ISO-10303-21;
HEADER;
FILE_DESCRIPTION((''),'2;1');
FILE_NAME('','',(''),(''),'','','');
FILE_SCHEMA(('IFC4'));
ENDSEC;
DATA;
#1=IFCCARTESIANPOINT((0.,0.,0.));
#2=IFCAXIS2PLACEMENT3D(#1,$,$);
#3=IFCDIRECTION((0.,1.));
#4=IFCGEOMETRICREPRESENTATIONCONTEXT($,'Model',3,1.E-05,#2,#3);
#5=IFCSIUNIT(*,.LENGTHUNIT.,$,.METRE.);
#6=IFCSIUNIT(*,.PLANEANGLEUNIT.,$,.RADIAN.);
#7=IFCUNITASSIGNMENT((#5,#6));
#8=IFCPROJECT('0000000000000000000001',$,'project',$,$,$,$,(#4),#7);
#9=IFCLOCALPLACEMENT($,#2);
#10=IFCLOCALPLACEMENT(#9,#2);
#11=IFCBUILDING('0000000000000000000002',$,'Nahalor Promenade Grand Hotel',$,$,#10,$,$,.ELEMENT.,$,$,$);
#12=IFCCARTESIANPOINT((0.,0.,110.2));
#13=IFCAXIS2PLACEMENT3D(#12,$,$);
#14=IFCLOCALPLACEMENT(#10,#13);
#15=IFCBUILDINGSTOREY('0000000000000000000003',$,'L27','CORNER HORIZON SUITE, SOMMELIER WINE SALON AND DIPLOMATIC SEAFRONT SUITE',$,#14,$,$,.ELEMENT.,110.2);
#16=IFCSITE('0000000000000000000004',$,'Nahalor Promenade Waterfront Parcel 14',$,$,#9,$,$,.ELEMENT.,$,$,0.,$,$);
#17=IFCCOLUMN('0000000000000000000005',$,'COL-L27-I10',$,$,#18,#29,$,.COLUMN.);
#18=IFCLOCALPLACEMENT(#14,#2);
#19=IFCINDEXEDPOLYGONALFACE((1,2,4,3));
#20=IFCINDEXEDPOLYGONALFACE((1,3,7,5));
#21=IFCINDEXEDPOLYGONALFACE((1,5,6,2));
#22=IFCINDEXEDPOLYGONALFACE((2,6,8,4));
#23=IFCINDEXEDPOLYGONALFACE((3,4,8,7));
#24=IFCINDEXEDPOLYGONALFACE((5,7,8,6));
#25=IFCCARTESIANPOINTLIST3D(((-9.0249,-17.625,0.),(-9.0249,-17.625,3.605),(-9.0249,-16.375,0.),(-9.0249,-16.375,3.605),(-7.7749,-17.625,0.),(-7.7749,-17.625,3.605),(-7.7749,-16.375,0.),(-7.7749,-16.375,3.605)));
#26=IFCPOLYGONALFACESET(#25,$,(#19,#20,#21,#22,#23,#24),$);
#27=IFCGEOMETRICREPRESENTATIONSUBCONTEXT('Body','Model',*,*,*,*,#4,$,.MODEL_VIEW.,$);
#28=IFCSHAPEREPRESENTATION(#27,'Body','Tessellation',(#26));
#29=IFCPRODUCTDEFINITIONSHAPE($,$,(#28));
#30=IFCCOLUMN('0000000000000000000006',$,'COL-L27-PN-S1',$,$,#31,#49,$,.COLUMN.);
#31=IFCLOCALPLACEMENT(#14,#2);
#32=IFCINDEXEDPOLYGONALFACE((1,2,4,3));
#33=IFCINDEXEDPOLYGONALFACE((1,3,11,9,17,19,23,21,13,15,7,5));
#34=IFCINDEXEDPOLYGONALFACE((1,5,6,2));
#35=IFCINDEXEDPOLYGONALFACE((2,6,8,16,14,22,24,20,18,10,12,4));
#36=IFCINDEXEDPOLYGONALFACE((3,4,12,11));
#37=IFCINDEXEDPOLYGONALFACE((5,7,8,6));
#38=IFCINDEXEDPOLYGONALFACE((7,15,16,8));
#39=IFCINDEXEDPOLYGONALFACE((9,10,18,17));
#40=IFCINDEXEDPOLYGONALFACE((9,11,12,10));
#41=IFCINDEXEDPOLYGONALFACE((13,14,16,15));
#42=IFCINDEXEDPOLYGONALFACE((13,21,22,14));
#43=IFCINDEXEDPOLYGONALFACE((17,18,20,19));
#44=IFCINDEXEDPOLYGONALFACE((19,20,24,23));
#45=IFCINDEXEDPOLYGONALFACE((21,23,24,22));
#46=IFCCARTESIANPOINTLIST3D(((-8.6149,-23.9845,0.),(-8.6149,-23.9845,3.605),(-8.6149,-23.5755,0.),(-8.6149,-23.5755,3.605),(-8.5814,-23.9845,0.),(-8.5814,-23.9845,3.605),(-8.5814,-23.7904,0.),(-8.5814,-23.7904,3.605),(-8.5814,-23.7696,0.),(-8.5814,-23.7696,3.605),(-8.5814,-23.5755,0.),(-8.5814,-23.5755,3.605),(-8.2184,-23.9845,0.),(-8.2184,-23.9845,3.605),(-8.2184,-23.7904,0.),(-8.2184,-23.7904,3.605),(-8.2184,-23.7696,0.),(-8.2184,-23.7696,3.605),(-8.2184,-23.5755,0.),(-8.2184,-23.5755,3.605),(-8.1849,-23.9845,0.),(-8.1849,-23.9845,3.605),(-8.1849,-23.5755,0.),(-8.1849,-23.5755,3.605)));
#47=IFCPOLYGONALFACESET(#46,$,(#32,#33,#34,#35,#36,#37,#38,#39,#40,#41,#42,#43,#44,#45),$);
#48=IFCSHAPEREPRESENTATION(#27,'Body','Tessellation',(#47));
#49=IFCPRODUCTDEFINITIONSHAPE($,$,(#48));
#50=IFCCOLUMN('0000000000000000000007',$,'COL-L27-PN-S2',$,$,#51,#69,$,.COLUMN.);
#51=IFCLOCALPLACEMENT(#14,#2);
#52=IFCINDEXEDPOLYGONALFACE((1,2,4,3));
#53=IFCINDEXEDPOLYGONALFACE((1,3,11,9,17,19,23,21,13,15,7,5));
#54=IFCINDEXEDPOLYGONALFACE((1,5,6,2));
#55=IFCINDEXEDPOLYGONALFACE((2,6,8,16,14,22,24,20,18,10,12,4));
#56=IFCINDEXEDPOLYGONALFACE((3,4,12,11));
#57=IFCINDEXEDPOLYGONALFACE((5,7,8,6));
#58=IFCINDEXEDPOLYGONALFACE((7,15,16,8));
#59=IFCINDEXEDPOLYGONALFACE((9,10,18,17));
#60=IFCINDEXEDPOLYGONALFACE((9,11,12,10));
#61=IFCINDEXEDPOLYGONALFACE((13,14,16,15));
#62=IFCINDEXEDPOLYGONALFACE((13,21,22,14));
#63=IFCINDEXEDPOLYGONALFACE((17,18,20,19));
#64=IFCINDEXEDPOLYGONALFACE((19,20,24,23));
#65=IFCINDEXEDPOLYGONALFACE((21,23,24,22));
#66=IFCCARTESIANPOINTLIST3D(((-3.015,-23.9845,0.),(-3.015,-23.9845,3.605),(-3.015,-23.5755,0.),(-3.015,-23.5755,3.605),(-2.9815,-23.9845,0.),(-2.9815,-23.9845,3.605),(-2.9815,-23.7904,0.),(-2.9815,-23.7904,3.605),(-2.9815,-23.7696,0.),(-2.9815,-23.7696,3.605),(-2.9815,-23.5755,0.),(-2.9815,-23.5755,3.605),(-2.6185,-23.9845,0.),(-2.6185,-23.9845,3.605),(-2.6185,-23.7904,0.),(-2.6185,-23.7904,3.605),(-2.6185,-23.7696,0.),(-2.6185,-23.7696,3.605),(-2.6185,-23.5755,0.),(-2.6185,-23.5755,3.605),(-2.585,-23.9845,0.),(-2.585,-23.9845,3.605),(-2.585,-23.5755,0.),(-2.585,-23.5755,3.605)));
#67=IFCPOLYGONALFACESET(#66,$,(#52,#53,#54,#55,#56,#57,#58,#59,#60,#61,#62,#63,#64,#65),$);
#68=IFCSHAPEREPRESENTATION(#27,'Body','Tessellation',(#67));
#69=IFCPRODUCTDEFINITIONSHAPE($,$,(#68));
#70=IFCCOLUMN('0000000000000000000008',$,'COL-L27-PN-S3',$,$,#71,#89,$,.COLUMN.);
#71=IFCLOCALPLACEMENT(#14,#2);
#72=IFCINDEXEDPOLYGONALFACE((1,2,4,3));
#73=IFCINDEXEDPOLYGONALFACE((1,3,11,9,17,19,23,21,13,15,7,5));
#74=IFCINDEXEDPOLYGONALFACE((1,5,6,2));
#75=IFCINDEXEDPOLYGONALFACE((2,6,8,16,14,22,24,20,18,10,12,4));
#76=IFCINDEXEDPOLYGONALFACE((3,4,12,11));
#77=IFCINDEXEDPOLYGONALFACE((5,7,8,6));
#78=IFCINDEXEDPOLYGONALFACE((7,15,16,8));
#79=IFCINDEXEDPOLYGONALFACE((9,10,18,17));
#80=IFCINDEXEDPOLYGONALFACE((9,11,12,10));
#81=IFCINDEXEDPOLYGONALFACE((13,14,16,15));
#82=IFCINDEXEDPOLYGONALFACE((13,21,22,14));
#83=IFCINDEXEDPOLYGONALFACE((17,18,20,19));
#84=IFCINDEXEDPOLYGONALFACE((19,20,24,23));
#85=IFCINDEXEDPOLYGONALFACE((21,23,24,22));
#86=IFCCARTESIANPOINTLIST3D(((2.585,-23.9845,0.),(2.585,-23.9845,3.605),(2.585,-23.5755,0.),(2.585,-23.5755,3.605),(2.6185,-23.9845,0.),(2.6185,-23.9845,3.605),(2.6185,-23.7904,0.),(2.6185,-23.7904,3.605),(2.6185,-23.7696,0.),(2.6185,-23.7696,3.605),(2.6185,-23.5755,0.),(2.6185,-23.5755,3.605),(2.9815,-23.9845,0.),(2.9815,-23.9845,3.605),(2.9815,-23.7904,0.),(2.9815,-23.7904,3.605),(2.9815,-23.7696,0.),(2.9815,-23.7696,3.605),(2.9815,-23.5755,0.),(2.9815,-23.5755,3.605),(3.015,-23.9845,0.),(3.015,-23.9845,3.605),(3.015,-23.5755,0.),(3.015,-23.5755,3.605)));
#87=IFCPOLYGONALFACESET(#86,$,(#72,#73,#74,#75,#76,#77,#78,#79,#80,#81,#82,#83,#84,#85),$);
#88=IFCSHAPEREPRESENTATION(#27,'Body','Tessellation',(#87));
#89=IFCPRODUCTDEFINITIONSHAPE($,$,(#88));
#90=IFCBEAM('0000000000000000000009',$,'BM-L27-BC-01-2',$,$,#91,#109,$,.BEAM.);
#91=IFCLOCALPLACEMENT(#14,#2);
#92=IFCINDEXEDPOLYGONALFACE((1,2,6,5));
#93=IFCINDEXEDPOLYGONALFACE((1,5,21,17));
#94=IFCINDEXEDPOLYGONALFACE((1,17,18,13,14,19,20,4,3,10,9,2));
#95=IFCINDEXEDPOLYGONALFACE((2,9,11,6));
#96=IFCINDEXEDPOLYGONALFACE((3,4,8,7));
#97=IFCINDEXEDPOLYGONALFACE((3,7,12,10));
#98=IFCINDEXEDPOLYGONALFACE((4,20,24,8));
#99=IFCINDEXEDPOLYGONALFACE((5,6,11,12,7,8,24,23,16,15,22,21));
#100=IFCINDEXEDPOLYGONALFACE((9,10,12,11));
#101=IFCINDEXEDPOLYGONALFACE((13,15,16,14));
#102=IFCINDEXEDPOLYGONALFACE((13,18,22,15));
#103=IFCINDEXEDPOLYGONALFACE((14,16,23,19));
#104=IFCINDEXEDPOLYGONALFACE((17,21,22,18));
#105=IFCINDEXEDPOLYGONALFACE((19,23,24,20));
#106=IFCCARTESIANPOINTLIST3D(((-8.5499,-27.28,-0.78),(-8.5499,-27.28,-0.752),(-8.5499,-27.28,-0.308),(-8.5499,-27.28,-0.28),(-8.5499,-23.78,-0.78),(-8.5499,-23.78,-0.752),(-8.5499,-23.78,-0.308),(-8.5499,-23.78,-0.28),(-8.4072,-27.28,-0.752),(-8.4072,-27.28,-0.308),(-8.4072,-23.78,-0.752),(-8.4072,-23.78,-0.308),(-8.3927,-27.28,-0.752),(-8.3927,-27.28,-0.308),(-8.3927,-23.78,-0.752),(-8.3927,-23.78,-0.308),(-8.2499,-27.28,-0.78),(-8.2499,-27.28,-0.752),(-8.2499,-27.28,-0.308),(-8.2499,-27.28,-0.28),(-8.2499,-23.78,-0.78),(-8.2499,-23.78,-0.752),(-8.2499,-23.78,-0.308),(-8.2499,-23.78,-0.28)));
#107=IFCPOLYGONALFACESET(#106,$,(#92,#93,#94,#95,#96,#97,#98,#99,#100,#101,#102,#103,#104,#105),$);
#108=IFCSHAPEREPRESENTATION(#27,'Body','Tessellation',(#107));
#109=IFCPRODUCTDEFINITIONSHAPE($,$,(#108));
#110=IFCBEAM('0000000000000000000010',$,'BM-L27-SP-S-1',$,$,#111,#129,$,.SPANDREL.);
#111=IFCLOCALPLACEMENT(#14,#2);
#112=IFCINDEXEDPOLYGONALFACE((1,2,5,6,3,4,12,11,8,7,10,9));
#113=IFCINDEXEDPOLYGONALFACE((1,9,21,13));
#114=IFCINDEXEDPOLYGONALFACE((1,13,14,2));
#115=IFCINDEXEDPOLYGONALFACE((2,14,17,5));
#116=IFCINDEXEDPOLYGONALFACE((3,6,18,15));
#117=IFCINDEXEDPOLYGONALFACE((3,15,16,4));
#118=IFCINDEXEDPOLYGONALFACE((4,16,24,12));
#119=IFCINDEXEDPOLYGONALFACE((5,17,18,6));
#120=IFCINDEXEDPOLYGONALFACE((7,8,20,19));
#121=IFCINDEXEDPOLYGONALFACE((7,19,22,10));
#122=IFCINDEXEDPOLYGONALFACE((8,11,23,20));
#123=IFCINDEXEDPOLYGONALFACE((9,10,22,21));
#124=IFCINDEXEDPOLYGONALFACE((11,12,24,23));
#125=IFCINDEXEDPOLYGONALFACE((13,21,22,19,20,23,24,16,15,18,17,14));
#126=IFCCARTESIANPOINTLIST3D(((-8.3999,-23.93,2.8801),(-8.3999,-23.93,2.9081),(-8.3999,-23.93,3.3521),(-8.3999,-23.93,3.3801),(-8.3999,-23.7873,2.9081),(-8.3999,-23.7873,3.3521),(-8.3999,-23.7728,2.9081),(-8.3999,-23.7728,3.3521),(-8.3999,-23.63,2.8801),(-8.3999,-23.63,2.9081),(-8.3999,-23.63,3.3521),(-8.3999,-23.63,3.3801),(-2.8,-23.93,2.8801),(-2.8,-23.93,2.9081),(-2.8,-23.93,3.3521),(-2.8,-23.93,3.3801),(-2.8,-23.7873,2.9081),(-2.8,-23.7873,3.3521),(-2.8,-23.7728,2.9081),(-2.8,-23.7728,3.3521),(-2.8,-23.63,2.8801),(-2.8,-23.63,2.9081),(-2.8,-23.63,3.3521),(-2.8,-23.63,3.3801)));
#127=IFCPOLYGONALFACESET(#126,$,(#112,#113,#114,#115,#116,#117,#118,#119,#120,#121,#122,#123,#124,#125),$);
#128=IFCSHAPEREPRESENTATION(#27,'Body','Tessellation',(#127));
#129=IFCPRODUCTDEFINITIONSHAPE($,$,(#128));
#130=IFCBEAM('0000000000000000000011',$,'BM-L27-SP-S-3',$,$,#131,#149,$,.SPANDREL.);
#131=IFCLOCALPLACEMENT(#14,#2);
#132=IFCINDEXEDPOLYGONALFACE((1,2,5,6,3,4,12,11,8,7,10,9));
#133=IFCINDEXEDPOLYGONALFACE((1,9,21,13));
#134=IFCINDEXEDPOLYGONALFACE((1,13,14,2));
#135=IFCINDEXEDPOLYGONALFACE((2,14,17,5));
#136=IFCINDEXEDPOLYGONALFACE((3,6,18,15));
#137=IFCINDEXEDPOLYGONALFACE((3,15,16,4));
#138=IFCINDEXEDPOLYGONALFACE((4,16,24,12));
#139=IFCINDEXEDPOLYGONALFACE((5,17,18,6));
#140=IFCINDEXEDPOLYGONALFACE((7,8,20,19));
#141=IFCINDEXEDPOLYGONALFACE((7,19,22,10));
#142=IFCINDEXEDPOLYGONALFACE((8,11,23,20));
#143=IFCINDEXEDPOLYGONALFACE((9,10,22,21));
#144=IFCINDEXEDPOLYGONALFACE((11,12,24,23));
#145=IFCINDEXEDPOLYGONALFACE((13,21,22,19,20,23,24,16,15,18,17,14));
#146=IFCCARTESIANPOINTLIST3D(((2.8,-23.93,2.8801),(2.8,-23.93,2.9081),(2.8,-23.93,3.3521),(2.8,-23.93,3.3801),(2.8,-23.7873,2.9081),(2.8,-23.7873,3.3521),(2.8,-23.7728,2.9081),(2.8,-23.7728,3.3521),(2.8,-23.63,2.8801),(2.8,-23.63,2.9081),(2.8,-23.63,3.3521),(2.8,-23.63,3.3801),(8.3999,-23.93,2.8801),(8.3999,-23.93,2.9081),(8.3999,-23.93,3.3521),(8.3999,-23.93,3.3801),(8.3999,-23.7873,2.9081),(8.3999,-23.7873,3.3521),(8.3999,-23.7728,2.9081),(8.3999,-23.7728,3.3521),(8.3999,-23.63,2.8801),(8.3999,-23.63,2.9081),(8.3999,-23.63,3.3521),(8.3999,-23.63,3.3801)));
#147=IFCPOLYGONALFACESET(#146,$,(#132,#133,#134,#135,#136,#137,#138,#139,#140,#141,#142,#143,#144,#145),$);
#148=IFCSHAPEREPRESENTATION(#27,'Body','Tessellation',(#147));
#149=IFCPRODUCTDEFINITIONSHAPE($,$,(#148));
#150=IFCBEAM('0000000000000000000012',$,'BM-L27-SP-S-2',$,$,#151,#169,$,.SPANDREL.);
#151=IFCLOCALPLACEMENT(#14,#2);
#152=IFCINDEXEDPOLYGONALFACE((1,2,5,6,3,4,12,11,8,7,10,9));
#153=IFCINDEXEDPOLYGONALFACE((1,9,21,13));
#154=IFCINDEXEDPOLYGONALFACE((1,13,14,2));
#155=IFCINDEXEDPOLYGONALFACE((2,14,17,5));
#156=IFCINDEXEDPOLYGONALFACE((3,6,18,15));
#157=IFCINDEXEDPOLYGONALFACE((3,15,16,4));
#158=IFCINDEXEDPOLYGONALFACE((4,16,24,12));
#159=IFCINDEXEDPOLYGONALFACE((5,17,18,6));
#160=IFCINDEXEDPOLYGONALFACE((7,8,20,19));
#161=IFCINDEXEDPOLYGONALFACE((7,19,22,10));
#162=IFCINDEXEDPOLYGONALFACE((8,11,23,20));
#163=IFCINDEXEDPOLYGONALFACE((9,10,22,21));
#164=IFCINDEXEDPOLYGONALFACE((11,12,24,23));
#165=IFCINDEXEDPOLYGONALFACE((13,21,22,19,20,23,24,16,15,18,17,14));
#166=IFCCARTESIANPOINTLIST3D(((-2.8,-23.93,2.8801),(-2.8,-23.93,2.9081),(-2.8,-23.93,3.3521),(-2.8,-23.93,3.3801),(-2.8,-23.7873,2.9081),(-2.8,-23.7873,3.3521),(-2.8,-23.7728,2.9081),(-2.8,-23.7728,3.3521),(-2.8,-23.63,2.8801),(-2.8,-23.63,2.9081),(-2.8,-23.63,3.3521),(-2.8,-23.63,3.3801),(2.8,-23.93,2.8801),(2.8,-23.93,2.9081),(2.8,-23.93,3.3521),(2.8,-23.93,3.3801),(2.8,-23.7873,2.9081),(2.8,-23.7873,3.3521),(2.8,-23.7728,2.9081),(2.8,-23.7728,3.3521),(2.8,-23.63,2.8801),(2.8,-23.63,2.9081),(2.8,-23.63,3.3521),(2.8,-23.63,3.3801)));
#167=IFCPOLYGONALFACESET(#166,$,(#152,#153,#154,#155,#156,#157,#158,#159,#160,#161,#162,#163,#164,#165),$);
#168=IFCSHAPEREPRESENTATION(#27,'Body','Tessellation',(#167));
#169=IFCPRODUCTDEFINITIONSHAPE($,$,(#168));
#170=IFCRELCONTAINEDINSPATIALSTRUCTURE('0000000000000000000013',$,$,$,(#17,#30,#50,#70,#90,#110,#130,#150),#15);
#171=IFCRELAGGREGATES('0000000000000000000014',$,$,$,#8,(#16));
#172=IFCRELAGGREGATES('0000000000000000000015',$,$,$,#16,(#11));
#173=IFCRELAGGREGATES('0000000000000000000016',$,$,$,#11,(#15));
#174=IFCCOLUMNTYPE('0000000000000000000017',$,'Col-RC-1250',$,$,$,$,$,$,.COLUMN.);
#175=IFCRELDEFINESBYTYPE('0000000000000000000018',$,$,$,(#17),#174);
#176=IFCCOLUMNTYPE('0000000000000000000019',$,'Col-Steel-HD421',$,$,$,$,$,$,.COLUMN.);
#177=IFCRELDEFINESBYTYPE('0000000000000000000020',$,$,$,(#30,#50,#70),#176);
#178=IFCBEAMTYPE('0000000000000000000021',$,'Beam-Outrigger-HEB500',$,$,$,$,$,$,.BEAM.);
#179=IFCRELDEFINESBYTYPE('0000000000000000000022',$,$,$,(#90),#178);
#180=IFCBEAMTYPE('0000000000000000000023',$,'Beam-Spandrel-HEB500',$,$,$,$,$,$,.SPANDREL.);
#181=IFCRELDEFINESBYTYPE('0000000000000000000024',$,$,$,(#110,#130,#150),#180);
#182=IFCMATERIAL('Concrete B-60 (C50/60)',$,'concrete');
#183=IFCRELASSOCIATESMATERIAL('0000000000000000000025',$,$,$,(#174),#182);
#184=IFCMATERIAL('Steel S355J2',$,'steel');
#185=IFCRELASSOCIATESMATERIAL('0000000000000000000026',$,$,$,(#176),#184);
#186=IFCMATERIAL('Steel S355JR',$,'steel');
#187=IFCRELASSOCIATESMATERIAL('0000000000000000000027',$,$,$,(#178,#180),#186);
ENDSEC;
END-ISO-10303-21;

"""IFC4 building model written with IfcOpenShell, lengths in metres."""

from ifc_helpers import new_model, si_unit, direction, frame, origin, origin_2d, place, context, subcontext, project, spatial, rectangle, i_section, extrude, source, transform, mapped, material, material_profile, profile_set, type_object, element, save


model = new_model("IFC4")

# Units and contexts
model_context = context("Model", 3, precision=1e-05, world=origin(), true_north=direction((0.0, 1.0)))
body_context = subcontext(model_context, "Body", "Model", "MODEL_VIEW")
ifc_project = project(units=[si_unit("LENGTHUNIT", "METRE"), si_unit("PLANEANGLEUNIT", "RADIAN")], contexts=[model_context])

# Site, building, storey
site_placement = place(None, origin())
site = spatial("IfcSite", under=ifc_project, at=site_placement, Name="Nahalor Promenade Waterfront Parcel 14", CompositionType="ELEMENT", RefElevation=0.0)
building_placement = place(site_placement, origin())
building = spatial("IfcBuilding", under=site, at=building_placement, Name="Nahalor Promenade Grand Hotel", CompositionType="ELEMENT")
storey_placement = place(building_placement, frame((0.0, 0.0, 110.2)))
storey = spatial("IfcBuildingStorey", under=building, at=storey_placement, Name="L27", Description="CORNER HORIZON SUITE, SOMMELIER WINE SALON AND DIPLOMATIC SEAFRONT SUITE", CompositionType="ELEMENT", Elevation=110.2)

# Columns
ifc_material_1 = material(Name="Concrete B-60 (C50/60)", Category="concrete")
ifc_material_profile_1 = material_profile(ifc_material_1, rectangle(XDim=1.25, YDim=1.25, at=origin_2d()), Name="RC 1250x1250")
ifc_profile_set_1 = profile_set([ifc_material_profile_1], Name="Concrete B-60 (C50/60)")
column_type_1 = type_object("IfcColumnType", Name="Col-RC-1250", PredefinedType="COLUMN", material=ifc_profile_set_1)
shared_shape_1 = source(origin(), body_context, "Body", "SweptSolid", [
    extrude(rectangle(XDim=1.25, YDim=1.25, at=origin_2d()), origin(), (0.0, 0.0, 1.0), 3.605),
])
column_placement = place(storey_placement, frame((-8.3999, -17.0, 0.0), z_axis=(0.0, 0.0, 1.0), x_axis=(1.0, 0.0, 0.0)))
element("IfcColumn", 1, at=column_placement, inside=storey, type_object=column_type_1, Name="COL-L27-I10", PredefinedType="COLUMN", context=body_context, shape_type="MappedRepresentation", body=[
    mapped(shared_shape_1, transform((0.0, 0.0, 0.0), scale=1.0)),
])
ifc_material_2 = material(Name="Steel S355J2", Category="steel")
ifc_material_profile_2 = material_profile(ifc_material_2, i_section(OverallWidth=0.409, OverallDepth=0.43, WebThickness=0.0208, FlangeThickness=0.0335, at=origin_2d()), Name="HD 400x421")
ifc_profile_set_2 = profile_set([ifc_material_profile_2], Name="Steel S355J2")
column_type_2 = type_object("IfcColumnType", Name="Col-Steel-HD421", PredefinedType="COLUMN", material=ifc_profile_set_2)
shared_shape_2 = source(origin(), body_context, "Body", "SweptSolid", [
    extrude(i_section(OverallWidth=0.409, OverallDepth=0.43, WebThickness=0.0208, FlangeThickness=0.0335, at=origin_2d()), origin(), (0.0, 0.0, 1.0), 3.605),
])
for number, where, z_axis, x_axis, name in (
    (2, (-8.3999, -23.78, 0.0), (0.0, 0.0, 1.0), (0.0, 1.0, 0.0), "COL-L27-PN-S1"),
    (3, (-2.8, -23.78, 0.0), (0.0, 0.0, 1.0), (0.0, 1.0, 0.0), "COL-L27-PN-S2"),
    (4, (2.8, -23.78, 0.0), (0.0, 0.0, 1.0), (0.0, 1.0, 0.0), "COL-L27-PN-S3"),
):
    element("IfcColumn", number, at=place(storey_placement, frame(where, z_axis=z_axis, x_axis=x_axis)), inside=storey, type_object=column_type_2, Name=name, PredefinedType="COLUMN", context=body_context, shape_type="MappedRepresentation", body=[
        mapped(shared_shape_2, transform((0.0, 0.0, 0.0), scale=1.0)),
    ])

# Beams
ifc_material_3 = material(Name="Steel S355JR", Category="steel")
ifc_material_profile_3 = material_profile(ifc_material_3, i_section(OverallWidth=0.3, OverallDepth=0.5, WebThickness=0.0145, FlangeThickness=0.028, at=origin_2d()), Name="HEB 500")
ifc_profile_set_3 = profile_set([ifc_material_profile_3], Name="Steel S355JR")
beam_type_1 = type_object("IfcBeamType", Name="Beam-Outrigger-HEB500", PredefinedType="BEAM", material=ifc_profile_set_3)
shared_shape_3 = source(origin(), body_context, "Body", "SweptSolid", [
    extrude(i_section(OverallWidth=0.3, OverallDepth=0.5, WebThickness=0.0145, FlangeThickness=0.028, at=origin_2d()), origin(), (0.0, 0.0, 1.0), 3.5),
])
beam_1_placement = place(storey_placement, frame((-8.3999, -27.28, -0.53), z_axis=(0.0, 1.0, 0.0), x_axis=(-1.0, 0.0, 0.0)))
element("IfcBeam", 5, at=beam_1_placement, inside=storey, type_object=beam_type_1, Name="BM-L27-BC-01-2", PredefinedType="BEAM", context=body_context, shape_type="MappedRepresentation", body=[
    mapped(shared_shape_3, transform((0.0, 0.0, 0.0), scale=1.0)),
])
ifc_material_profile_4 = material_profile(ifc_material_3, i_section(OverallWidth=0.3, OverallDepth=0.5, WebThickness=0.0145, FlangeThickness=0.028, at=origin_2d()), Name="HEB 500")
ifc_profile_set_4 = profile_set([ifc_material_profile_4], Name="Steel S355JR")
beam_type_2 = type_object("IfcBeamType", Name="Beam-Spandrel-HEB500", PredefinedType="SPANDREL", material=ifc_profile_set_4)
shared_shape_4 = source(origin(), body_context, "Body", "SweptSolid", [
    extrude(i_section(OverallWidth=0.3, OverallDepth=0.5, WebThickness=0.0145, FlangeThickness=0.028, at=origin_2d()), origin(), (0.0, 0.0, 1.0), 5.5999),
])
for number, where, z_axis, x_axis, name in (
    (6, (-8.3999, -23.78, 3.1301), (1.0, 0.0, 0.0), (0.0, 1.0, 0.0), "BM-L27-SP-S-1"),
    (7, (2.8, -23.78, 3.1301), (1.0, 0.0, 0.0), (0.0, 1.0, 0.0), "BM-L27-SP-S-3"),
):
    element("IfcBeam", number, at=place(storey_placement, frame(where, z_axis=z_axis, x_axis=x_axis)), inside=storey, type_object=beam_type_2, Name=name, PredefinedType="SPANDREL", context=body_context, shape_type="MappedRepresentation", body=[
        mapped(shared_shape_4, transform((0.0, 0.0, 0.0), scale=1.0)),
    ])
shared_shape_5 = source(origin(), body_context, "Body", "SweptSolid", [
    extrude(i_section(OverallWidth=0.3, OverallDepth=0.5, WebThickness=0.0145, FlangeThickness=0.028, at=origin_2d()), origin(), (0.0, 0.0, 1.0), 5.6001),
])
beam_2_placement = place(storey_placement, frame((-2.8, -23.78, 3.1301), z_axis=(1.0, 0.0, 0.0), x_axis=(0.0, 1.0, 0.0)))
element("IfcBeam", 8, at=beam_2_placement, inside=storey, type_object=beam_type_2, Name="BM-L27-SP-S-2", PredefinedType="SPANDREL", context=body_context, shape_type="MappedRepresentation", body=[
    mapped(shared_shape_5, transform((0.0, 0.0, 0.0), scale=1.0)),
])

save(model, "model.ifc")
